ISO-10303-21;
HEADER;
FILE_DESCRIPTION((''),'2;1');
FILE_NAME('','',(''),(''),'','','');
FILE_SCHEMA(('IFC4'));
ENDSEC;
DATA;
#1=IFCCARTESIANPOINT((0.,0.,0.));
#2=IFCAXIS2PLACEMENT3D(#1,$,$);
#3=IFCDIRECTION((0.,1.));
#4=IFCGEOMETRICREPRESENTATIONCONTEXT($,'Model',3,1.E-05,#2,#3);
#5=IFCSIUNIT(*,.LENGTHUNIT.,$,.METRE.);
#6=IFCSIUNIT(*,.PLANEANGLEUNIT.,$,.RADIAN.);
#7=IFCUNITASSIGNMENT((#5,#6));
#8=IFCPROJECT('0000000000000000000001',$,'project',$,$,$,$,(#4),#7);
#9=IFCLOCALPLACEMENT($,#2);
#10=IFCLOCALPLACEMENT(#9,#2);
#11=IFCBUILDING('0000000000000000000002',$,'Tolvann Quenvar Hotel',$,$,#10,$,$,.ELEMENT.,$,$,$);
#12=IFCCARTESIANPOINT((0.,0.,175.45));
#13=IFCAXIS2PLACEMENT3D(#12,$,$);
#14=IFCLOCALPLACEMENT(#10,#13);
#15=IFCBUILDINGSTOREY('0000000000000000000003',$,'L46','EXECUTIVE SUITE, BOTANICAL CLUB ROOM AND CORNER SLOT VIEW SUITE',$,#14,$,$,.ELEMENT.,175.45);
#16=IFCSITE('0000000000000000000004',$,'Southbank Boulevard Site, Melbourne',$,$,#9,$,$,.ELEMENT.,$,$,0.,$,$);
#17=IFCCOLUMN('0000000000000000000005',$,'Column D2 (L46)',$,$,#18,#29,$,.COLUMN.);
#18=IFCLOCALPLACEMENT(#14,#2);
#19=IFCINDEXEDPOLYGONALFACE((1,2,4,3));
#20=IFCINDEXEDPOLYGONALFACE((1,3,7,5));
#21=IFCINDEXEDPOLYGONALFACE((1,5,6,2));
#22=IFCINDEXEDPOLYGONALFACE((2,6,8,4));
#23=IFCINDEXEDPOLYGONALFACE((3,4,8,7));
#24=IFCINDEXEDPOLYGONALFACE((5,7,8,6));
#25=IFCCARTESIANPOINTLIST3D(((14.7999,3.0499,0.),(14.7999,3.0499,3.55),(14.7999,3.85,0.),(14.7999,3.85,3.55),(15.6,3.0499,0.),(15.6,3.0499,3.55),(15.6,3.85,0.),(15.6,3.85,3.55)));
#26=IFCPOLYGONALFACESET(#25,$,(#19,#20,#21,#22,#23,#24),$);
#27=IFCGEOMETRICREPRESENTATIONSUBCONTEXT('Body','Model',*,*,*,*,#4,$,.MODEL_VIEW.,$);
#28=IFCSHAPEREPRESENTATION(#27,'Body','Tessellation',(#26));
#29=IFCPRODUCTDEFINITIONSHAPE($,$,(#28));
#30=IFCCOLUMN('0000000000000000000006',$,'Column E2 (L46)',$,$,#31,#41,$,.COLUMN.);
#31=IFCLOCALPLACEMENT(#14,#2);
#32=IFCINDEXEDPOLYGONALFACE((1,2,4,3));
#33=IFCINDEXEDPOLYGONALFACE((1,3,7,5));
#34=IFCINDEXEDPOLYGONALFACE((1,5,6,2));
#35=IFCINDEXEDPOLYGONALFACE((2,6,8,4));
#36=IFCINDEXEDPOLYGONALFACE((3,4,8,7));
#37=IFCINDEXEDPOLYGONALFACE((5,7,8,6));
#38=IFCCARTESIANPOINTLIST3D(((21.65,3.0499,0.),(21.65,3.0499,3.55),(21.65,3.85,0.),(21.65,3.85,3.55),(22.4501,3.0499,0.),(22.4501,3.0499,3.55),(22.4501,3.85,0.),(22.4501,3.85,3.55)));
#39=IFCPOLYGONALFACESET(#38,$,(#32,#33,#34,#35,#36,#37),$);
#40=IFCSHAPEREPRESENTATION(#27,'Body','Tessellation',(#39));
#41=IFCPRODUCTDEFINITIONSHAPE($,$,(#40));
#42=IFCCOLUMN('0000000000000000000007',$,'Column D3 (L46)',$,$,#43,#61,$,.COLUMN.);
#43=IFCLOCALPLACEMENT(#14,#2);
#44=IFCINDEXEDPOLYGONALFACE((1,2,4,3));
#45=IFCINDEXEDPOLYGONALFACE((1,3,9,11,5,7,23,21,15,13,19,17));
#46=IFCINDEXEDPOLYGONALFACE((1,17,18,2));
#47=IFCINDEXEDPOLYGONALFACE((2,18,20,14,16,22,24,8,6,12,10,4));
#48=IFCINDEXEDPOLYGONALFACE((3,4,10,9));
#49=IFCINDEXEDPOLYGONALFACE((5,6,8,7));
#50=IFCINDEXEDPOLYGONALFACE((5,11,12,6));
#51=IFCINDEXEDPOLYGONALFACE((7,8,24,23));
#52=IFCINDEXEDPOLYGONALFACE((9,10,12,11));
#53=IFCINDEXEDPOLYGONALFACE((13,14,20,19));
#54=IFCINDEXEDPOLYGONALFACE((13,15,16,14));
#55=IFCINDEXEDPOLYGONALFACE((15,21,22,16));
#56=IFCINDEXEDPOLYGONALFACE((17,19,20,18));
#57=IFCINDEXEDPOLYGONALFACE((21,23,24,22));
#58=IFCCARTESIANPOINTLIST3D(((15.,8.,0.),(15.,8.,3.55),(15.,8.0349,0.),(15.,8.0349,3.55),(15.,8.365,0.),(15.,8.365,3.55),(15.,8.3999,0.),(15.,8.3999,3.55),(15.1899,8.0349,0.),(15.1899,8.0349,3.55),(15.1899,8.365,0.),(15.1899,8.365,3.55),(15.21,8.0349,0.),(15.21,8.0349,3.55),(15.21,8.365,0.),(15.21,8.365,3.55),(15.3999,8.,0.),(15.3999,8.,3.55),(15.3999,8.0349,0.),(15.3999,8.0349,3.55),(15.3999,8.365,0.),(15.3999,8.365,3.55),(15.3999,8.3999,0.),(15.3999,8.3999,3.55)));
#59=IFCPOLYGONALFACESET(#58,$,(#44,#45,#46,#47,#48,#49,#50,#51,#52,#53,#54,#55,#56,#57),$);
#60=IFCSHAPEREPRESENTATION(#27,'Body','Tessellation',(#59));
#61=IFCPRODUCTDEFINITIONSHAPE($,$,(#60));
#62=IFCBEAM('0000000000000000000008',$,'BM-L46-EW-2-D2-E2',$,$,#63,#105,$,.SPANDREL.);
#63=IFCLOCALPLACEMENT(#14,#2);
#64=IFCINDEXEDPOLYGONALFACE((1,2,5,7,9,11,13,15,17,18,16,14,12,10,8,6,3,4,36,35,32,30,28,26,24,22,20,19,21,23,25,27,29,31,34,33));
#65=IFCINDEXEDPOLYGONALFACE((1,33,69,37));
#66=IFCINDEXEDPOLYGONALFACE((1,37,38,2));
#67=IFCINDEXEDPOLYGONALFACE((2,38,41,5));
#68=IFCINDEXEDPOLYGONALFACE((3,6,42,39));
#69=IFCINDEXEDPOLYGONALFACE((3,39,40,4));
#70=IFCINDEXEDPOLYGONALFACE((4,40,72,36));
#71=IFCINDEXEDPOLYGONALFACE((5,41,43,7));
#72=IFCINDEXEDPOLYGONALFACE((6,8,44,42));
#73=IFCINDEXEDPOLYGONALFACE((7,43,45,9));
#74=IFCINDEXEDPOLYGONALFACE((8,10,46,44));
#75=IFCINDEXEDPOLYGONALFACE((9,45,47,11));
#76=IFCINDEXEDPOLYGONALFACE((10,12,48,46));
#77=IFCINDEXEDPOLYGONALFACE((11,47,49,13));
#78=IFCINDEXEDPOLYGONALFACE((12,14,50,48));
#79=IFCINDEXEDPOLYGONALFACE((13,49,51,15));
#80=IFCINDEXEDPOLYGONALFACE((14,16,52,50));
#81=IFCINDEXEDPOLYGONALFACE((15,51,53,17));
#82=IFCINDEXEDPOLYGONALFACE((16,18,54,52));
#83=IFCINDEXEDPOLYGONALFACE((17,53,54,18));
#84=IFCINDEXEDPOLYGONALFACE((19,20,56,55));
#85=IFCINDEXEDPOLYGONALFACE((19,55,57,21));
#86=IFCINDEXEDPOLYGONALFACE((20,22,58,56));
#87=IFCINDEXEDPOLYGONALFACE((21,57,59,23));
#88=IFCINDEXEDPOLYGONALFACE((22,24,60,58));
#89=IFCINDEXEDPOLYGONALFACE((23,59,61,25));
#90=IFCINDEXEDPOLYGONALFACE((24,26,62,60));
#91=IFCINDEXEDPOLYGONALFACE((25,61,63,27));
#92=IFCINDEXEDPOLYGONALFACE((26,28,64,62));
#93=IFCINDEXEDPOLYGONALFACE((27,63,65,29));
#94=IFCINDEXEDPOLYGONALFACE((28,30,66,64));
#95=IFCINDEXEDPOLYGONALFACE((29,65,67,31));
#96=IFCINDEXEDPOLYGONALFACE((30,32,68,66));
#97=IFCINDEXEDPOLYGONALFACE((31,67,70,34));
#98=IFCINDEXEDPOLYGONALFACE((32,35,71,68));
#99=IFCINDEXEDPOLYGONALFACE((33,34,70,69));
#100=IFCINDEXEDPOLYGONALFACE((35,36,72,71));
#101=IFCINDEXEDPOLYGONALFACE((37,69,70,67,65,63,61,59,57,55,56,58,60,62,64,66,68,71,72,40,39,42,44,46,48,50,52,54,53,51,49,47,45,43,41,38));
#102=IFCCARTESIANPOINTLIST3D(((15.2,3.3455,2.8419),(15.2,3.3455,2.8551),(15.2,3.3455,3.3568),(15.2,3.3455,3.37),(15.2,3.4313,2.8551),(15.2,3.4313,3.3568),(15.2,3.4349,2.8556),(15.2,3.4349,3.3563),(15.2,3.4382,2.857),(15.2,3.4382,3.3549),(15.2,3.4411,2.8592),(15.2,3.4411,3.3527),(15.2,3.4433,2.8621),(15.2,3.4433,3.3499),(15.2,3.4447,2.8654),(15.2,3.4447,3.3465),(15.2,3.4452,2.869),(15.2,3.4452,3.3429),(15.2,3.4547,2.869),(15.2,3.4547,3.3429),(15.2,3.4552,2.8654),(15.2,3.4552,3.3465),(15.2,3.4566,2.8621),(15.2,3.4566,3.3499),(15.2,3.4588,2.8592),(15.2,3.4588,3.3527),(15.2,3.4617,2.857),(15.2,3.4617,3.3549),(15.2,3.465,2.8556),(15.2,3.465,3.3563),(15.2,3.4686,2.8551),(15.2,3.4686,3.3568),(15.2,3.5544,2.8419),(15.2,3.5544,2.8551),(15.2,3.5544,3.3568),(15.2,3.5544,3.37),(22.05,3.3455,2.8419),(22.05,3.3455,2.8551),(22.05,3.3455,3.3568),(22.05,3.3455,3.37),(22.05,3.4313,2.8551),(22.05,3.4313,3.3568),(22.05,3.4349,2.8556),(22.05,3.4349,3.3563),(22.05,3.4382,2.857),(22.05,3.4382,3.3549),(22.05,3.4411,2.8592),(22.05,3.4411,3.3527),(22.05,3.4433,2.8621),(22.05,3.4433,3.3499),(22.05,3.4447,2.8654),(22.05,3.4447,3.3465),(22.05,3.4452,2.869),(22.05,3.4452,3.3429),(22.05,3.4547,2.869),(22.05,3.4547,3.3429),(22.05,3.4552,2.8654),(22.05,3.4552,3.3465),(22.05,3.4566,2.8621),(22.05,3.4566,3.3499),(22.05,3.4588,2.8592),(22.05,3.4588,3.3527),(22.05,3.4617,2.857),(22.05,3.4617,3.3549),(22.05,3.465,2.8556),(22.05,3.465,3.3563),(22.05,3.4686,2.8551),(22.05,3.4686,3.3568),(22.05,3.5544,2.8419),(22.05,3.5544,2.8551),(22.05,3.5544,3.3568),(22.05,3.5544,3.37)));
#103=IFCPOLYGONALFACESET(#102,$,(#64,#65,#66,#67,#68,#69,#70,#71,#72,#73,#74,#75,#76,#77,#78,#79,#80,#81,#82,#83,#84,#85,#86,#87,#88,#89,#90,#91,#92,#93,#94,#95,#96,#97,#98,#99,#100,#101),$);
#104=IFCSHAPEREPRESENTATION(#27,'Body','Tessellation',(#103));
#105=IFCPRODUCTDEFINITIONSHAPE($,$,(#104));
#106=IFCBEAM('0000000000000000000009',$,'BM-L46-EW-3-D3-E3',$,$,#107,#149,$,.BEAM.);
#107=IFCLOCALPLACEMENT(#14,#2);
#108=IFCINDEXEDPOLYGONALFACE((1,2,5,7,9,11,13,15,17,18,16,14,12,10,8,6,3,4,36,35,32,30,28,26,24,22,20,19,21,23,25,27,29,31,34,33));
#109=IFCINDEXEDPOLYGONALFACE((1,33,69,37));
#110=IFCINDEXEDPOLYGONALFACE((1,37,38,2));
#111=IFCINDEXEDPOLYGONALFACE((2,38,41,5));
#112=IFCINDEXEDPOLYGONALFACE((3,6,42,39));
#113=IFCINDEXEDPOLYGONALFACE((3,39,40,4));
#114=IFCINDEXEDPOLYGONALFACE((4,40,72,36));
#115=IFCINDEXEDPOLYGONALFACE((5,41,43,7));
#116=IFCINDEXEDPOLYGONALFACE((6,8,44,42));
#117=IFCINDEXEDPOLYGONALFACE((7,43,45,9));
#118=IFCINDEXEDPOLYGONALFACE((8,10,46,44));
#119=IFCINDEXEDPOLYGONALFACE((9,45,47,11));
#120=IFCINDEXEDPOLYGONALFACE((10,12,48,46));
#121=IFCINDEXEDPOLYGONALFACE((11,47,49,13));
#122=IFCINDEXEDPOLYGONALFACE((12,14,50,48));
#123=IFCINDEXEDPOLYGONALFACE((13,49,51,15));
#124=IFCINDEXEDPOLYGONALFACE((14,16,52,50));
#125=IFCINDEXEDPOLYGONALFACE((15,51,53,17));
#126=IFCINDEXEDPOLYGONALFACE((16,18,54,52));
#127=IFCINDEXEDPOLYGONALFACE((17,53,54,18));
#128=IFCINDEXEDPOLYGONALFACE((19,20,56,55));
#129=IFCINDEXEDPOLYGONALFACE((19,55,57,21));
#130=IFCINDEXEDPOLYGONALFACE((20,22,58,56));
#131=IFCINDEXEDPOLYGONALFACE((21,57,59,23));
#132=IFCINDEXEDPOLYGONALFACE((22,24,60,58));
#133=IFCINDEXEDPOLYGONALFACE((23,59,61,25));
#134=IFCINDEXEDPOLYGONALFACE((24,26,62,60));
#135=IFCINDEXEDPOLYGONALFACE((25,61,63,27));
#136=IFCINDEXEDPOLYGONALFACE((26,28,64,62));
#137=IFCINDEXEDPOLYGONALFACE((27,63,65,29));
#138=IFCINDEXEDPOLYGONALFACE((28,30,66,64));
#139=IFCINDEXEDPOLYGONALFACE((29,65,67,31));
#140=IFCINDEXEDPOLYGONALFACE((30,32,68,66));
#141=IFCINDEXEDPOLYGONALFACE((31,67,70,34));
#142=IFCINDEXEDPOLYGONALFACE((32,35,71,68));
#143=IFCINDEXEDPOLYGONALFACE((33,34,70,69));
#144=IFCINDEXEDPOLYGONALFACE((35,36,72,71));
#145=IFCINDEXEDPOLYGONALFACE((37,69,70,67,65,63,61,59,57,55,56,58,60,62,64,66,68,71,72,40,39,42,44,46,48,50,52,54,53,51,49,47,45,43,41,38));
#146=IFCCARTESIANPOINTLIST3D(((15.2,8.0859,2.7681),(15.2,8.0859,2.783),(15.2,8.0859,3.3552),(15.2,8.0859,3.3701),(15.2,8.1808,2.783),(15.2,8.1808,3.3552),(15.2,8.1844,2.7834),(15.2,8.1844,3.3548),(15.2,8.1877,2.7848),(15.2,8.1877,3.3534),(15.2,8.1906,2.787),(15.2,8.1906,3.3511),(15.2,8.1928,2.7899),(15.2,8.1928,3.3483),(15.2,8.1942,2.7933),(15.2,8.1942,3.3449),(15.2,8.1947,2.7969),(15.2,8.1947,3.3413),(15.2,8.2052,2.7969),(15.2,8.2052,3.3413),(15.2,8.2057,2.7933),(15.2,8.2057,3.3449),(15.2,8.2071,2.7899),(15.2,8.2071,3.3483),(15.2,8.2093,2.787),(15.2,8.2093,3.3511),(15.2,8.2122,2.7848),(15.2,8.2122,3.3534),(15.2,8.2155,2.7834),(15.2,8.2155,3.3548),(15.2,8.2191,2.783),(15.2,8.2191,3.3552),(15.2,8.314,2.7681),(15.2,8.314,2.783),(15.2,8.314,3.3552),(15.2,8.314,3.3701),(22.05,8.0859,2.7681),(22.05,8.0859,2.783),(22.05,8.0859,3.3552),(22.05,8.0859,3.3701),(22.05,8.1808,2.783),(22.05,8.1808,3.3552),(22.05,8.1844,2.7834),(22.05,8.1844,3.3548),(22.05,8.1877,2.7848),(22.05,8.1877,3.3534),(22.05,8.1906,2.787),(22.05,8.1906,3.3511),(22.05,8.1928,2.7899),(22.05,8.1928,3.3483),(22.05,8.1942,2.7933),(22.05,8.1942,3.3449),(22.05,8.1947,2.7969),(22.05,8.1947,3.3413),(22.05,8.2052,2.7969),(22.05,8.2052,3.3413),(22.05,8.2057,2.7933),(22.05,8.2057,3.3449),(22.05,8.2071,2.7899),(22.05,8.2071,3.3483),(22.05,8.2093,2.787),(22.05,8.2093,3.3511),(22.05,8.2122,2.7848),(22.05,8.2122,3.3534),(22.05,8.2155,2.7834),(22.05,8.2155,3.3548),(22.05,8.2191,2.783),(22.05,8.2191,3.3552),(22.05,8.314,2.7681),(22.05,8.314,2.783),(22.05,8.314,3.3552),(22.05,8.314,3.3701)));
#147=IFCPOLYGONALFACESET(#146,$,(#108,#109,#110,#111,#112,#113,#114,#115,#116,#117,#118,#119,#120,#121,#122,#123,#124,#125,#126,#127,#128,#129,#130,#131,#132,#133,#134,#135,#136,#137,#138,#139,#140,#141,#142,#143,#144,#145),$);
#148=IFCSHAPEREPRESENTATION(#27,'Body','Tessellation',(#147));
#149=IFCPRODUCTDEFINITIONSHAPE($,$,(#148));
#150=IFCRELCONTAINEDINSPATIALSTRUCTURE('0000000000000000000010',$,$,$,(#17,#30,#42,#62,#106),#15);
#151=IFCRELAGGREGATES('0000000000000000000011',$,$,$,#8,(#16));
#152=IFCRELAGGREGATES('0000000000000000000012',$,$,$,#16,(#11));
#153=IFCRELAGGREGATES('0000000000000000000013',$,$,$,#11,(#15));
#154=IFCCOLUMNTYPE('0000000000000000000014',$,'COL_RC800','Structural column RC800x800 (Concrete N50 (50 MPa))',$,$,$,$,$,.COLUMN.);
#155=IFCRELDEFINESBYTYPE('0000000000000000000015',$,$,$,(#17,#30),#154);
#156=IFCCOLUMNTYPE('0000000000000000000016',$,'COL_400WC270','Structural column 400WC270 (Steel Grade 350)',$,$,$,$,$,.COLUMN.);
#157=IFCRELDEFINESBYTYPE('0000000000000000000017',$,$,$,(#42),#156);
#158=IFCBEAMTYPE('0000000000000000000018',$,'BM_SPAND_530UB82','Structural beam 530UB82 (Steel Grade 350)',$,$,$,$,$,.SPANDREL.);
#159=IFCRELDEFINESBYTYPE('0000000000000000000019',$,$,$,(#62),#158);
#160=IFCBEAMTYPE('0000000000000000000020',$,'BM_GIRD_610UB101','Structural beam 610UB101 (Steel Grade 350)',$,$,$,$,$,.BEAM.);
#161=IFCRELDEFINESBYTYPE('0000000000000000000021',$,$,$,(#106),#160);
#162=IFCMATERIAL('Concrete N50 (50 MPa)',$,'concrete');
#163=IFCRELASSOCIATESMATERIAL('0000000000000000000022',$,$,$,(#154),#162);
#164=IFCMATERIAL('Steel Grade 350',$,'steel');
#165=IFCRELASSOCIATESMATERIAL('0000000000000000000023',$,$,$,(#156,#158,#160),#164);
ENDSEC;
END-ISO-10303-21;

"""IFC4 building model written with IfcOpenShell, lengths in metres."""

from ifc_helpers import new_model, si_unit, direction, frame, origin, origin_2d, place, context, subcontext, project, spatial, rectangle, i_section, extrude, source, transform, mapped, material, material_profile, profile_set, type_object, type_shapes, element, save


model = new_model("IFC4")

# Units and contexts
model_context = context("Model", 3, precision=1e-05, world=origin(), true_north=direction((0.0, 1.0)))
body_context = subcontext(model_context, "Body", "Model", "MODEL_VIEW")
ifc_project = project(units=[si_unit("LENGTHUNIT", "METRE"), si_unit("PLANEANGLEUNIT", "RADIAN")], contexts=[model_context])

# Site, building, storey
site_placement = place(None, origin())
site = spatial("IfcSite", under=ifc_project, at=site_placement, Name="Southbank Boulevard Site, Melbourne", CompositionType="ELEMENT", RefElevation=0.0)
building_placement = place(site_placement, origin())
building = spatial("IfcBuilding", under=site, at=building_placement, Name="Tolvann Quenvar Hotel", CompositionType="ELEMENT")
storey_placement = place(building_placement, frame((0.0, 0.0, 175.45)))
storey = spatial("IfcBuildingStorey", under=building, at=storey_placement, Name="L46", Description="EXECUTIVE SUITE, BOTANICAL CLUB ROOM AND CORNER SLOT VIEW SUITE", CompositionType="ELEMENT", Elevation=175.45)

# Columns
ifc_material_1 = material(Name="Concrete N50 (50 MPa)", Category="concrete")
ifc_material_profile_1 = material_profile(ifc_material_1, rectangle(XDim=0.8, YDim=0.8, at=origin_2d()), Name="RC800x800")
ifc_profile_set_1 = profile_set([ifc_material_profile_1], Name="Concrete N50 (50 MPa)")
column_type_1 = type_object("IfcColumnType", Name="COL_RC800", Description="Structural column RC800x800 (Concrete N50 (50 MPa))", PredefinedType="COLUMN", material=ifc_profile_set_1)
shared_shape_1 = source(origin(), body_context, "Body", "SweptSolid", [
    extrude(rectangle(XDim=0.8, YDim=0.8, at=origin_2d()), origin(), (0.0, 0.0, 1.0), 3.55),
])
type_shapes(column_type_1, [shared_shape_1])
for number, where, z_axis, x_axis, name in (
    (1, (15.2, 3.45, 0.0), (0.0, 0.0, 1.0), (1.0, 0.0, 0.0), "Column D2 (L46)"),
    (2, (22.05, 3.45, 0.0), (0.0, 0.0, 1.0), (1.0, 0.0, 0.0), "Column E2 (L46)"),
):
    element("IfcColumn", number, at=place(storey_placement, frame(where, z_axis=z_axis, x_axis=x_axis)), inside=storey, type_object=column_type_1, Name=name, PredefinedType="COLUMN", context=body_context, shape_type="MappedRepresentation", body=[
        mapped(shared_shape_1, transform((0.0, 0.0, 0.0), x_axis=(1.0, 0.0, 0.0), y_axis=(0.0, 1.0, 0.0), z_axis=(0.0, 0.0, 1.0), scale=1.0)),
    ])
ifc_material_2 = material(Name="Steel Grade 350", Category="steel")
ifc_material_profile_2 = material_profile(ifc_material_2, i_section(OverallWidth=0.3999, OverallDepth=0.3999, WebThickness=0.02, FlangeThickness=0.0349, at=origin_2d()), Name="400WC270")
ifc_profile_set_2 = profile_set([ifc_material_profile_2], Name="Steel Grade 350")
column_type_2 = type_object("IfcColumnType", Name="COL_400WC270", Description="Structural column 400WC270 (Steel Grade 350)", PredefinedType="COLUMN", material=ifc_profile_set_2)
shared_shape_2 = source(origin(), body_context, "Body", "SweptSolid", [
    extrude(i_section(OverallWidth=0.3999, OverallDepth=0.3999, WebThickness=0.02, FlangeThickness=0.0349, at=origin_2d()), origin(), (0.0, 0.0, 1.0), 3.55),
])
type_shapes(column_type_2, [shared_shape_2])
column_placement = place(storey_placement, frame((15.2, 8.2, 0.0), z_axis=(0.0, 0.0, 1.0), x_axis=(1.0, 0.0, 0.0)))
element("IfcColumn", 3, at=column_placement, inside=storey, type_object=column_type_2, Name="Column D3 (L46)", PredefinedType="COLUMN", context=body_context, shape_type="MappedRepresentation", body=[
    mapped(shared_shape_2, transform((0.0, 0.0, 0.0), x_axis=(1.0, 0.0, 0.0), y_axis=(0.0, 1.0, 0.0), z_axis=(0.0, 0.0, 1.0), scale=1.0)),
])

# Beams
ifc_material_profile_3 = material_profile(ifc_material_2, i_section(OverallWidth=0.209, OverallDepth=0.5281, WebThickness=0.0095, FlangeThickness=0.0132, FilletRadius=0.0139, at=origin_2d()), Name="530UB82")
ifc_profile_set_3 = profile_set([ifc_material_profile_3], Name="Steel Grade 350")
beam_type_1 = type_object("IfcBeamType", Name="BM_SPAND_530UB82", Description="Structural beam 530UB82 (Steel Grade 350)", PredefinedType="SPANDREL", material=ifc_profile_set_3)
shared_shape_3 = source(origin(), body_context, "Body", "SweptSolid", [
    extrude(i_section(OverallWidth=0.209, OverallDepth=0.5281, WebThickness=0.0095, FlangeThickness=0.0132, FilletRadius=0.0139, at=origin_2d()), origin(), (0.0, 0.0, 1.0), 6.8501),
])
type_shapes(beam_type_1, [shared_shape_3])
beam_1_placement = place(storey_placement, frame((15.2, 3.45, 3.106), z_axis=(1.0, 0.0, 0.0), x_axis=(0.0, 1.0, 0.0)))
element("IfcBeam", 4, at=beam_1_placement, inside=storey, type_object=beam_type_1, Name="BM-L46-EW-2-D2-E2", PredefinedType="SPANDREL", context=body_context, shape_type="MappedRepresentation", body=[
    mapped(shared_shape_3, transform((0.0, 0.0, 0.0), x_axis=(1.0, 0.0, 0.0), y_axis=(0.0, 1.0, 0.0), z_axis=(0.0, 0.0, 1.0), scale=1.0)),
])
ifc_material_profile_4 = material_profile(ifc_material_2, i_section(OverallWidth=0.228, OverallDepth=0.6021, WebThickness=0.0105, FlangeThickness=0.0149, FilletRadius=0.0139, at=origin_2d()), Name="610UB101")
ifc_profile_set_4 = profile_set([ifc_material_profile_4], Name="Steel Grade 350")
beam_type_2 = type_object("IfcBeamType", Name="BM_GIRD_610UB101", Description="Structural beam 610UB101 (Steel Grade 350)", PredefinedType="BEAM", material=ifc_profile_set_4)
shared_shape_4 = source(origin(), body_context, "Body", "SweptSolid", [
    extrude(i_section(OverallWidth=0.228, OverallDepth=0.6021, WebThickness=0.0105, FlangeThickness=0.0149, FilletRadius=0.0139, at=origin_2d()), origin(), (0.0, 0.0, 1.0), 6.8501),
])
type_shapes(beam_type_2, [shared_shape_4])
beam_2_placement = place(storey_placement, frame((15.2, 8.2, 3.0691), z_axis=(1.0, 0.0, 0.0), x_axis=(0.0, 1.0, 0.0)))
element("IfcBeam", 5, at=beam_2_placement, inside=storey, type_object=beam_type_2, Name="BM-L46-EW-3-D3-E3", PredefinedType="BEAM", context=body_context, shape_type="MappedRepresentation", body=[
    mapped(shared_shape_4, transform((0.0, 0.0, 0.0), x_axis=(1.0, 0.0, 0.0), y_axis=(0.0, 1.0, 0.0), z_axis=(0.0, 0.0, 1.0), scale=1.0)),
])

save(model, "model.ifc")
